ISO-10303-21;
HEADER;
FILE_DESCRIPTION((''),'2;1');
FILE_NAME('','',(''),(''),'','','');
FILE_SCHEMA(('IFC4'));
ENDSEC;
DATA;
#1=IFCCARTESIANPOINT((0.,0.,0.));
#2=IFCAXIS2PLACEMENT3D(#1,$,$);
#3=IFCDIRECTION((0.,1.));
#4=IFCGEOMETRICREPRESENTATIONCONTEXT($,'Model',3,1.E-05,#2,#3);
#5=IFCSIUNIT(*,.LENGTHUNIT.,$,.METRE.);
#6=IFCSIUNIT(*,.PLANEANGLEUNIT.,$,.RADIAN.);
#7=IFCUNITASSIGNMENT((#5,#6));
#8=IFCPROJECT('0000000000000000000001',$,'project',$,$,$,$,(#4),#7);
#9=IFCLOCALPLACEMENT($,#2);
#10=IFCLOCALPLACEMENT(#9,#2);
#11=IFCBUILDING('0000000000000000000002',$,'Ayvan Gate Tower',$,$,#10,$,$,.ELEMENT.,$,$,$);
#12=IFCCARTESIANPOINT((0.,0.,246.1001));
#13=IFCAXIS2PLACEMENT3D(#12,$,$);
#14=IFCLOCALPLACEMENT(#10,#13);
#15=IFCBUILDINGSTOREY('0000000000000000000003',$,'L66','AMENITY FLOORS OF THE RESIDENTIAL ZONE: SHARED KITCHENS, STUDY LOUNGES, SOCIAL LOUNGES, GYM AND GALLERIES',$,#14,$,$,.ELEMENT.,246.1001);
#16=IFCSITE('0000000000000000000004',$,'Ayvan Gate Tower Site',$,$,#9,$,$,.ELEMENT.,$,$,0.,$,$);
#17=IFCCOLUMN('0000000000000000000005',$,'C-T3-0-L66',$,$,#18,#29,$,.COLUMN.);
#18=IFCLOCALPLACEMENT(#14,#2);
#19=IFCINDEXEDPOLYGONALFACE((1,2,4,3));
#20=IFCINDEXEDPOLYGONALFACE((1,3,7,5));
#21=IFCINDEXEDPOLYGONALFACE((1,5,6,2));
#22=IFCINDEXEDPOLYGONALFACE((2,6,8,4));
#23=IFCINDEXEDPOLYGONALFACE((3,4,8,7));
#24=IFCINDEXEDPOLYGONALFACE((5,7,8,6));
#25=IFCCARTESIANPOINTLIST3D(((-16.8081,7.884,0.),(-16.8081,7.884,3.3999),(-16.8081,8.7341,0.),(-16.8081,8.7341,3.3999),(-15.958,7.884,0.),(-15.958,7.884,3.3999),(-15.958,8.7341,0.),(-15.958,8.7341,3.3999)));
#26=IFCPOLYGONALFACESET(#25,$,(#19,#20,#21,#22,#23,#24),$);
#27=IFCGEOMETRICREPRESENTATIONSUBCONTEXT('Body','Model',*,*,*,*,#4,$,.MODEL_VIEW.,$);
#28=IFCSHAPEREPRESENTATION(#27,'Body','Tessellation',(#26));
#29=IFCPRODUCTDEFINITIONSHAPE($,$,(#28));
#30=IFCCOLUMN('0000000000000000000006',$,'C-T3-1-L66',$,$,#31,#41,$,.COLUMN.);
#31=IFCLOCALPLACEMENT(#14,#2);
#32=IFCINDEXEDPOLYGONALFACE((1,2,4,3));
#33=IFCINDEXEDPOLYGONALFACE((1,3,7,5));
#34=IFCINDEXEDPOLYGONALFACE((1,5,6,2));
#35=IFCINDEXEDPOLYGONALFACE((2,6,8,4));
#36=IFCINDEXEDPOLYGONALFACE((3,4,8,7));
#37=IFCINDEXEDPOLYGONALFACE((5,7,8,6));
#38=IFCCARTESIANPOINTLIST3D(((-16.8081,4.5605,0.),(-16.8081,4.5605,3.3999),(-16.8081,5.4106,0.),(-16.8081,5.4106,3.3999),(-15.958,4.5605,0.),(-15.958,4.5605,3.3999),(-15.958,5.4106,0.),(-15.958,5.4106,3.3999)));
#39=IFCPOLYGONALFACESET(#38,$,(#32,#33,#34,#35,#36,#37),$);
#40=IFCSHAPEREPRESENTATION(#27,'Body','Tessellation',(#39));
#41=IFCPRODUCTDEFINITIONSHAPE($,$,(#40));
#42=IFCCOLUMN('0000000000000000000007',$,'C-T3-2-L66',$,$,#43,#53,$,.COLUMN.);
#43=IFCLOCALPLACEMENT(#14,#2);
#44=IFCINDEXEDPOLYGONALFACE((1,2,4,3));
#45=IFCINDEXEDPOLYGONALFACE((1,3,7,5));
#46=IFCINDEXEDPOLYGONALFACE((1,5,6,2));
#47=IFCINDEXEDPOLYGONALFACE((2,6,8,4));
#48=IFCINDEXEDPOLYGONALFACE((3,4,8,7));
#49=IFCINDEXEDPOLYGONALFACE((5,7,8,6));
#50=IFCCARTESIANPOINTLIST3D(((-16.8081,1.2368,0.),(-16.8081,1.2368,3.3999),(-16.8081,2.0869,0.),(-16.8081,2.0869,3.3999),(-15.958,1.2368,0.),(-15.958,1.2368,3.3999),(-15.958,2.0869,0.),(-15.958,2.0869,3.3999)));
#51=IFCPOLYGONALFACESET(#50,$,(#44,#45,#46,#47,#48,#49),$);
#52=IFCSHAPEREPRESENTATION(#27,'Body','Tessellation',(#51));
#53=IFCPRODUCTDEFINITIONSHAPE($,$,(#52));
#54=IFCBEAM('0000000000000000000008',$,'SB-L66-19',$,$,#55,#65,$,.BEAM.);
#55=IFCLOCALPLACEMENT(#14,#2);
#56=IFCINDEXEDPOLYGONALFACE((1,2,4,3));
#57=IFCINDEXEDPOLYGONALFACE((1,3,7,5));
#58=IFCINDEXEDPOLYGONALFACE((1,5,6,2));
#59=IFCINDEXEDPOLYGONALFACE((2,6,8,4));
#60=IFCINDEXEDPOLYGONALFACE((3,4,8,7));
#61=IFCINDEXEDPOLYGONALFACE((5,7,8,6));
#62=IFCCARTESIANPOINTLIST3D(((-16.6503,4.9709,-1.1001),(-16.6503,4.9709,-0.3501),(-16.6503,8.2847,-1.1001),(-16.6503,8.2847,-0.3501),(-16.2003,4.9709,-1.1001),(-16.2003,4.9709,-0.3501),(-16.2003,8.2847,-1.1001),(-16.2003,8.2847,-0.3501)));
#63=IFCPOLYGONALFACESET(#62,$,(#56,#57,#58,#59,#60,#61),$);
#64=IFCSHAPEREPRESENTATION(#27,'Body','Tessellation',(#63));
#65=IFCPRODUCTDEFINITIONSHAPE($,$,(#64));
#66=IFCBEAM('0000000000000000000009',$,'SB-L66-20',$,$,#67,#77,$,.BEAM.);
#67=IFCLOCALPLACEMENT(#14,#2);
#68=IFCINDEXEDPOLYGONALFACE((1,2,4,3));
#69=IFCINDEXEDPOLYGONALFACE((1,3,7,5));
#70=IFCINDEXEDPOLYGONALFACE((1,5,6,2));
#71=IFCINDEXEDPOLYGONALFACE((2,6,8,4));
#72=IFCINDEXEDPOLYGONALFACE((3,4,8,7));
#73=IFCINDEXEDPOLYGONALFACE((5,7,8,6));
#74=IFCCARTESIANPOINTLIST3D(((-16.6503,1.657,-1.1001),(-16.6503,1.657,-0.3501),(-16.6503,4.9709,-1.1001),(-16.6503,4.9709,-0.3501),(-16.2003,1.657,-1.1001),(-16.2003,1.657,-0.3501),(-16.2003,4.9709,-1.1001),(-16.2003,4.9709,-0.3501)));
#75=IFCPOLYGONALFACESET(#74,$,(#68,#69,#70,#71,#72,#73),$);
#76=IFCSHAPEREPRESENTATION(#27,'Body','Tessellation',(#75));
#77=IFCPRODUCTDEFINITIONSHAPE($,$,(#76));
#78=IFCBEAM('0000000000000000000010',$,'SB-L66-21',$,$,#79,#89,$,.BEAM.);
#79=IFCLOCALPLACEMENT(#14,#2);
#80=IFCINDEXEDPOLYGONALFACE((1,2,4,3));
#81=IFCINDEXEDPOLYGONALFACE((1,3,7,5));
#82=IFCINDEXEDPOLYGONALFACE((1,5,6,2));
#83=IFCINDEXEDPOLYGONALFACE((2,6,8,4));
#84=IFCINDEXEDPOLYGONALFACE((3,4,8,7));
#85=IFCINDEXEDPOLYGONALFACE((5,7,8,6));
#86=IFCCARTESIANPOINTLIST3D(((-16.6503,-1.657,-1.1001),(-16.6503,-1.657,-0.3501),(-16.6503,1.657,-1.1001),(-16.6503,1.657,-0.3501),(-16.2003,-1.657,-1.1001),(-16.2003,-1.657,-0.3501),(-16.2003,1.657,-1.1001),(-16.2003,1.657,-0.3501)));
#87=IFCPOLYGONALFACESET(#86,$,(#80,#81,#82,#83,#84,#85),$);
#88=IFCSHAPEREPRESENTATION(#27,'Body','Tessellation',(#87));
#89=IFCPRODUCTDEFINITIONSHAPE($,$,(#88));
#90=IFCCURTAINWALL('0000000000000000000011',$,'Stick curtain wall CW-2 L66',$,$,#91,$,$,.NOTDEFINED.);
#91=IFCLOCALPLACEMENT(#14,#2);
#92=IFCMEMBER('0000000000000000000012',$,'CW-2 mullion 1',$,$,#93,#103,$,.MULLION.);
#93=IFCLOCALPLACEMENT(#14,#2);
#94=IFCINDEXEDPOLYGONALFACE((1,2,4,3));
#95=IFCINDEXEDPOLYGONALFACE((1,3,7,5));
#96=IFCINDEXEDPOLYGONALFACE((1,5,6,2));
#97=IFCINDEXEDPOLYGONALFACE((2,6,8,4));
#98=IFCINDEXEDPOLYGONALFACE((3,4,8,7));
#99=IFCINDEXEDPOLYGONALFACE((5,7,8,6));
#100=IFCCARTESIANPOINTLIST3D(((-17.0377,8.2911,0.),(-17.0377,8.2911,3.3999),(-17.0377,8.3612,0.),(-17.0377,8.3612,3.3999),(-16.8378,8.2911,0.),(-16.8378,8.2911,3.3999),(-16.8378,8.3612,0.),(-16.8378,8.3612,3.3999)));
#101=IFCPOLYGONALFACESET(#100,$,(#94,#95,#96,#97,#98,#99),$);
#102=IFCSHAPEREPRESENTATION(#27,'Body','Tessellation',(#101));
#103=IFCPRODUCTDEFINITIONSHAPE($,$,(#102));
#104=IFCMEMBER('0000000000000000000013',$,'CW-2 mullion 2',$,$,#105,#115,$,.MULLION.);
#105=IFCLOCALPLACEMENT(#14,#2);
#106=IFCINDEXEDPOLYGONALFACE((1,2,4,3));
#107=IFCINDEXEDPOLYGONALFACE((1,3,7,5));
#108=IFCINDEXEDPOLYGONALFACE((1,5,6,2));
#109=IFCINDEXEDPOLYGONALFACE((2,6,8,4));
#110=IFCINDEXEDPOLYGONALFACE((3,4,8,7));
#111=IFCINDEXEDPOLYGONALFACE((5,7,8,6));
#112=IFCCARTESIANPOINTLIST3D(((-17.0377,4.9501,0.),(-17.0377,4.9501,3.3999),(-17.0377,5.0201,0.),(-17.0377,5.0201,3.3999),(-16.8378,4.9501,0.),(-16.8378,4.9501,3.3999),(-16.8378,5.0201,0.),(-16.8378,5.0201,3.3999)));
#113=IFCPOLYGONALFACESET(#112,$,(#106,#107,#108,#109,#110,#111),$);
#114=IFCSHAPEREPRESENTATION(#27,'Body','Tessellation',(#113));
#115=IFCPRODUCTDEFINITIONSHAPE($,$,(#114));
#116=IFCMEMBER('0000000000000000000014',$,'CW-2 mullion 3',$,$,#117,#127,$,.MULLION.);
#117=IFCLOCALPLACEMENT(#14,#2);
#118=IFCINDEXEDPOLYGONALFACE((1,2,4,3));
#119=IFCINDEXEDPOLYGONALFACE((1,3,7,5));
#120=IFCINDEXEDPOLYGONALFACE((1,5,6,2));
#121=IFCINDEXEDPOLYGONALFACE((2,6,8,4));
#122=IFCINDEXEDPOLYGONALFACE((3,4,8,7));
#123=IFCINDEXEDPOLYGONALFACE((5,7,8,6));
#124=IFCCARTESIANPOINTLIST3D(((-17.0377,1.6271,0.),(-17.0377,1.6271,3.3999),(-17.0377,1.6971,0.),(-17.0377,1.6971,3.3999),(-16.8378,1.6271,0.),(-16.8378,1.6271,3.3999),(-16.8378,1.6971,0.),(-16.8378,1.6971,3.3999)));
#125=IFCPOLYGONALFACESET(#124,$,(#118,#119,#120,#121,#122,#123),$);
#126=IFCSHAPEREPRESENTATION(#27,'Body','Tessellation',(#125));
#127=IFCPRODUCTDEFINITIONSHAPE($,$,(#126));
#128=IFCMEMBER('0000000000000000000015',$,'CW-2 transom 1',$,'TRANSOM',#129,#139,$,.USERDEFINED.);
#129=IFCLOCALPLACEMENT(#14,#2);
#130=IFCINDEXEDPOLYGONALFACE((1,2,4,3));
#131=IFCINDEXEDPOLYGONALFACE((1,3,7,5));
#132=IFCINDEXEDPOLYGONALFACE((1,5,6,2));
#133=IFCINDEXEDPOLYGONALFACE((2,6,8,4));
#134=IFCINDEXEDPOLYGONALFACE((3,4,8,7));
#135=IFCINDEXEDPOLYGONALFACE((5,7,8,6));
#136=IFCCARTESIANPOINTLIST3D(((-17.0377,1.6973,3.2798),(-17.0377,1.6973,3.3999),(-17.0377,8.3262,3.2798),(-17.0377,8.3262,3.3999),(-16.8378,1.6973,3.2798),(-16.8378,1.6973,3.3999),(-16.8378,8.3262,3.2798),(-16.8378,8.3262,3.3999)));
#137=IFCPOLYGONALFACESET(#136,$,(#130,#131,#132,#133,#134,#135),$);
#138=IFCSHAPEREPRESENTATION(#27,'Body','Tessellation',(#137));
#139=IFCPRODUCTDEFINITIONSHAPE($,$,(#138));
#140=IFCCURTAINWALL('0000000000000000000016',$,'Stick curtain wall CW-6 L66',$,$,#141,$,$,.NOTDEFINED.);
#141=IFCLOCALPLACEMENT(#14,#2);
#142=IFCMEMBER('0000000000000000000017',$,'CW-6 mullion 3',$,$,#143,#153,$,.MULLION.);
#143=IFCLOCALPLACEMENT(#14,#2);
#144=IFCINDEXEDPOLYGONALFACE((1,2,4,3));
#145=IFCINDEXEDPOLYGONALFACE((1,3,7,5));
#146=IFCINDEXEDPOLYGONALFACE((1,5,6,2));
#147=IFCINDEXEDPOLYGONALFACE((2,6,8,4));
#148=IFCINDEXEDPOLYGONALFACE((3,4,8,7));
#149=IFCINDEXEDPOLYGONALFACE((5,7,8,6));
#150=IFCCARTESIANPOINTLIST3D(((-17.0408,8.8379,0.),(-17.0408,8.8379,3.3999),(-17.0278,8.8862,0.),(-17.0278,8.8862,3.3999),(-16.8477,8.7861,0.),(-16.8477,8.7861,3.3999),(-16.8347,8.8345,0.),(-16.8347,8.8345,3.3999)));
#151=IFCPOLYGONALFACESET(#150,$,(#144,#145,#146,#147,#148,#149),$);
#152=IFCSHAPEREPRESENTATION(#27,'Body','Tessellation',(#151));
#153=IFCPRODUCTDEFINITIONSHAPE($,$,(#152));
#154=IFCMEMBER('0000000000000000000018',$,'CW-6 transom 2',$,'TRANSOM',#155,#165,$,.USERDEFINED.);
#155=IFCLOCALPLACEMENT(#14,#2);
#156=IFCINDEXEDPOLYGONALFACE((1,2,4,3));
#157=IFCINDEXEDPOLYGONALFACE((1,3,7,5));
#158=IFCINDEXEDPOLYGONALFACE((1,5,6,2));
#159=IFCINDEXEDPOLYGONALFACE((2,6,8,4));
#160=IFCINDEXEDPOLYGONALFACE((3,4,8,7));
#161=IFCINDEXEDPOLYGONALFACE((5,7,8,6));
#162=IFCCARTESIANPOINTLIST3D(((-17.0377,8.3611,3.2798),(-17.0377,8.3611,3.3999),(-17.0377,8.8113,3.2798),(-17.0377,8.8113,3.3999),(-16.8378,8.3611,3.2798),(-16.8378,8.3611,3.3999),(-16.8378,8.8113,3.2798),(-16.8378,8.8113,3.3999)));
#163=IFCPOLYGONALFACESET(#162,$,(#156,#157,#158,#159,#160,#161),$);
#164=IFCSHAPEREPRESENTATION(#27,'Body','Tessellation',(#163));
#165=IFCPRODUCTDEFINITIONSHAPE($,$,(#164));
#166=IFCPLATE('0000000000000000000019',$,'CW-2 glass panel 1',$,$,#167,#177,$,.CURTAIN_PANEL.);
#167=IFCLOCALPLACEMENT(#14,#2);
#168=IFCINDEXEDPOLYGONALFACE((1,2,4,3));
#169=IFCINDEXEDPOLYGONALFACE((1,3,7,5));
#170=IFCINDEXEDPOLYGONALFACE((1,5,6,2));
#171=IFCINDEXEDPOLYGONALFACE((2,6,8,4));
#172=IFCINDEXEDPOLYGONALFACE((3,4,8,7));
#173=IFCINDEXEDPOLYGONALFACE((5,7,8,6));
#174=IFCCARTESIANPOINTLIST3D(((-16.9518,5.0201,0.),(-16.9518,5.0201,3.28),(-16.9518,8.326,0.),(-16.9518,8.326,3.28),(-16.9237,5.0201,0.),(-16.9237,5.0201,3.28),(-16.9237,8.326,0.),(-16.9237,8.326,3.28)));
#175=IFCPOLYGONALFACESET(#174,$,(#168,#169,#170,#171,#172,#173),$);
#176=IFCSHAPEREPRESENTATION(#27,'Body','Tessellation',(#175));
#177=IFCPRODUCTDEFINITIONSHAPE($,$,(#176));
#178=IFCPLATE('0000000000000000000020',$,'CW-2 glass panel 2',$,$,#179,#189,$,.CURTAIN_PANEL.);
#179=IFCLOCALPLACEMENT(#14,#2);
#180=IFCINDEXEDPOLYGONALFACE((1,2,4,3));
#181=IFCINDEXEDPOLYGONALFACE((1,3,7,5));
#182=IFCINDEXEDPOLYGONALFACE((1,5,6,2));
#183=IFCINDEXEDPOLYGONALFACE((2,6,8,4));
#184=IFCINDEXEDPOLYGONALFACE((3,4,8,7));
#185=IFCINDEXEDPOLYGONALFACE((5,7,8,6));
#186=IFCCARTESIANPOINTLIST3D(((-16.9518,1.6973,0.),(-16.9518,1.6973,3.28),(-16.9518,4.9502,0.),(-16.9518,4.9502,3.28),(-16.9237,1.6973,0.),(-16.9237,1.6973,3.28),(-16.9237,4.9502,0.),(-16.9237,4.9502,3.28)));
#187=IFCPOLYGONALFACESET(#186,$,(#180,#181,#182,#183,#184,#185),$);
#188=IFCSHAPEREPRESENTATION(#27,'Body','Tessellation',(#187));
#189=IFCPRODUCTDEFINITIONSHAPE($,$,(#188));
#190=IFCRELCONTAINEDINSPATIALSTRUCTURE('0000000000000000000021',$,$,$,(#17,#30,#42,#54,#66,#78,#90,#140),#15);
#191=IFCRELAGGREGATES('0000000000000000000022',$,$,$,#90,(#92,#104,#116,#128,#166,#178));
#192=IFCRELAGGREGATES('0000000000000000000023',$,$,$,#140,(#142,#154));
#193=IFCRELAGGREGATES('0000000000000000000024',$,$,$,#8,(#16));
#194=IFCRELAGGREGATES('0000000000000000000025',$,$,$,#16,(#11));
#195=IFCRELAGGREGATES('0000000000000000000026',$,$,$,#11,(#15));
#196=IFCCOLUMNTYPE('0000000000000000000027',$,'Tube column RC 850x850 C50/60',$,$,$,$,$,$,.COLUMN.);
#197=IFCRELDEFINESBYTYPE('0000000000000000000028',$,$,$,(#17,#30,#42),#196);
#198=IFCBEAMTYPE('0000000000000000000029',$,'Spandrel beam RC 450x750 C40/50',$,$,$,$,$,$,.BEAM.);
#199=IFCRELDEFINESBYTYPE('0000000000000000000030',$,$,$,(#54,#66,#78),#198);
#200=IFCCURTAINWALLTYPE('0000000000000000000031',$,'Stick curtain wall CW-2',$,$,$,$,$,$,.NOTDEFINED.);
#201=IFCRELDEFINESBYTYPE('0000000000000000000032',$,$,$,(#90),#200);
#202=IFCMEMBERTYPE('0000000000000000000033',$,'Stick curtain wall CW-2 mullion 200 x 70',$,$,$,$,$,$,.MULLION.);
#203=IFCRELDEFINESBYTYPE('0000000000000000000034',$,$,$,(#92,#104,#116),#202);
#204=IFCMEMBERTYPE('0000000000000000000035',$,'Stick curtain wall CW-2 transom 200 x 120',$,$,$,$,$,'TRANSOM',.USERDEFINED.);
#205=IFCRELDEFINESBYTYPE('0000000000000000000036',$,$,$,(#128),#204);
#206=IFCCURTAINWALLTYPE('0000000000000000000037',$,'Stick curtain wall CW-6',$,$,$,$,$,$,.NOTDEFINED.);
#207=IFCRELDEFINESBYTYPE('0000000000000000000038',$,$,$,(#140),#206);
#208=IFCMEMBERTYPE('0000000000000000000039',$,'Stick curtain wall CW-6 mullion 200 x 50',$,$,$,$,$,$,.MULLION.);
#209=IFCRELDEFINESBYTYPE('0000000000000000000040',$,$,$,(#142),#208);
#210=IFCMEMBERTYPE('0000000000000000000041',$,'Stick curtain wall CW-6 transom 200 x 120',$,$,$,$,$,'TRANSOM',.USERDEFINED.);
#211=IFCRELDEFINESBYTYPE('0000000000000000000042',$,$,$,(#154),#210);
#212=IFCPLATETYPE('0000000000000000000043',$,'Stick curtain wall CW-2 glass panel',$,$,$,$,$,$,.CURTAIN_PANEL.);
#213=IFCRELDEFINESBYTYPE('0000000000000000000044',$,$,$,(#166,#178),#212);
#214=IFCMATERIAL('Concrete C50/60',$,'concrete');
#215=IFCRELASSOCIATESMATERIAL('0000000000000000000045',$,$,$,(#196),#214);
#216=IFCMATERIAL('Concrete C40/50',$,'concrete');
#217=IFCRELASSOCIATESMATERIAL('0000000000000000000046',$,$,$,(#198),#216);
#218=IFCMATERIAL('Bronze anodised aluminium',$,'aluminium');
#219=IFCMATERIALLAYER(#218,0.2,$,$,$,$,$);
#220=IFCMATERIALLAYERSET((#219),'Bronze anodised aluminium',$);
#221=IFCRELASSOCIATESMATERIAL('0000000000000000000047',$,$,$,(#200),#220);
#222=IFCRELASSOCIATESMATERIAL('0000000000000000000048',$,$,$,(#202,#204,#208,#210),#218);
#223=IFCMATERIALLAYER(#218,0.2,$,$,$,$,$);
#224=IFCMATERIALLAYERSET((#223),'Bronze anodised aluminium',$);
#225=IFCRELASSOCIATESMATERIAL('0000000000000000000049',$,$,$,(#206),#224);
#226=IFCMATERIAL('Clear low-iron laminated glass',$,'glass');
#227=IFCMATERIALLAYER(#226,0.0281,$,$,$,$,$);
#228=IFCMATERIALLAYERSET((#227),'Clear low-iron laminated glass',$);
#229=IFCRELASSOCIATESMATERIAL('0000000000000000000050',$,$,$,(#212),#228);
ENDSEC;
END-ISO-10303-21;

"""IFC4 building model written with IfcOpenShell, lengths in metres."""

from ifc_helpers import new_model, si_unit, direction, frame, origin, origin_2d, place, context, subcontext, project, spatial, rectangle, extrude, material, layer, layer_set, material_profile, profile_set, type_object, element, aggregate, save


model = new_model("IFC4")

# Units and contexts
model_context = context("Model", 3, precision=1e-05, world=origin(), true_north=direction((0.0, 1.0)))
body_context = subcontext(model_context, "Body", "Model", "MODEL_VIEW")
ifc_project = project(units=[si_unit("LENGTHUNIT", "METRE"), si_unit("PLANEANGLEUNIT", "RADIAN")], contexts=[model_context])

# Site, building, storey
site_placement = place(None, origin())
site = spatial("IfcSite", under=ifc_project, at=site_placement, Name="Ayvan Gate Tower Site", CompositionType="ELEMENT", RefElevation=0.0)
building_placement = place(site_placement, origin())
building = spatial("IfcBuilding", under=site, at=building_placement, Name="Ayvan Gate Tower", CompositionType="ELEMENT")
storey_placement = place(building_placement, frame((0.0, 0.0, 246.1001)))
storey = spatial("IfcBuildingStorey", under=building, at=storey_placement, Name="L66", Description="AMENITY FLOORS OF THE RESIDENTIAL ZONE: SHARED KITCHENS, STUDY LOUNGES, SOCIAL LOUNGES, GYM AND GALLERIES", CompositionType="ELEMENT", Elevation=246.1001)

# Columns
ifc_material_1 = material(Name="Concrete C50/60", Category="concrete")
ifc_material_profile_1 = material_profile(ifc_material_1, rectangle(XDim=0.8501, YDim=0.8501, at=origin_2d()), Name="RC 850x850")
ifc_profile_set_1 = profile_set([ifc_material_profile_1], Name="Concrete C50/60")
column_type = type_object("IfcColumnType", Name="Tube column RC 850x850 C50/60", PredefinedType="COLUMN", material=ifc_profile_set_1)
for number, where, z_axis, x_axis, name in (
    (1, (-16.3831, 8.3091, 0.0), (0.0, 0.0, 1.0), (-1.0, 0.0, 0.0), "C-T3-0-L66"),
    (2, (-16.3831, 4.9856, 0.0), (0.0, 0.0, 1.0), (-1.0, 0.0, 0.0), "C-T3-1-L66"),
    (3, (-16.3831, 1.6619, 0.0), (0.0, 0.0, 1.0), (-1.0, 0.0, 0.0), "C-T3-2-L66"),
):
    element("IfcColumn", number, at=place(storey_placement, frame(where, z_axis=z_axis, x_axis=x_axis)), inside=storey, type_object=column_type, Name=name, PredefinedType="COLUMN", context=body_context, shape_type="SweptSolid", body=[
        extrude(rectangle(XDim=0.8501, YDim=0.8501, at=origin_2d()), origin(), (0.0, 0.0, 1.0), 3.3999),
    ])

# Beams
ifc_material_2 = material(Name="Concrete C40/50", Category="concrete")
ifc_material_profile_2 = material_profile(ifc_material_2, rectangle(XDim=0.45, YDim=0.75, at=origin_2d()), Name="RC 450x750")
ifc_profile_set_2 = profile_set([ifc_material_profile_2], Name="Concrete C40/50")
beam_type = type_object("IfcBeamType", Name="Spandrel beam RC 450x750 C40/50", PredefinedType="BEAM", material=ifc_profile_set_2)
beam_placement = place(storey_placement, frame((-16.4253, 8.2847, -0.7251), z_axis=(0.0, -1.0, 0.0), x_axis=(1.0, 0.0, 0.0)))
element("IfcBeam", 4, at=beam_placement, inside=storey, type_object=beam_type, Name="SB-L66-19", PredefinedType="BEAM", context=body_context, shape_type="SweptSolid", body=[
    extrude(rectangle(XDim=0.45, YDim=0.75, at=origin_2d()), origin(), (0.0, 0.0, 1.0), 3.3137),
])
for number, where, z_axis, x_axis, name in (
    (5, (-16.4253, 4.9709, -0.7251), (0.0, -1.0, 0.0), (1.0, 0.0, 0.0), "SB-L66-20"),
    (6, (-16.4253, 1.657, -0.7251), (0.0, -1.0, 0.0), (1.0, 0.0, 0.0), "SB-L66-21"),
):
    element("IfcBeam", number, at=place(storey_placement, frame(where, z_axis=z_axis, x_axis=x_axis)), inside=storey, type_object=beam_type, Name=name, PredefinedType="BEAM", context=body_context, shape_type="SweptSolid", body=[
        extrude(rectangle(XDim=0.45, YDim=0.75, at=origin_2d()), origin(), (0.0, 0.0, 1.0), 3.314),
    ])

# Curtain walls, members
ifc_material_3 = material(Name="Bronze anodised aluminium", Category="aluminium")
ifc_layer_1 = layer(ifc_material_3, 0.2)
ifc_layer_set_1 = layer_set([ifc_layer_1], Name="Bronze anodised aluminium")
curtain_wall_type_1 = type_object("IfcCurtainWallType", Name="Stick curtain wall CW-2", PredefinedType="NOTDEFINED", material=ifc_layer_set_1)
curtain_wall_1_placement = place(storey_placement, origin())
curtain_wall_1 = element("IfcCurtainWall", 7, at=curtain_wall_1_placement, inside=storey, type_object=curtain_wall_type_1, Name="Stick curtain wall CW-2 L66", PredefinedType="NOTDEFINED")
ifc_material_profile_3 = material_profile(ifc_material_3, rectangle(XDim=0.2, YDim=0.0701, at=origin_2d()), Name="Stick curtain wall CW-2 mullion 200 x 70")
ifc_profile_set_3 = profile_set([ifc_material_profile_3], Name="Bronze anodised aluminium")
member_type_1 = type_object("IfcMemberType", Name="Stick curtain wall CW-2 mullion 200 x 70", PredefinedType="MULLION", material=ifc_profile_set_3)
member_1_placement = place(storey_placement, frame((-16.9377, 8.3262, 0.0), z_axis=(0.0, 0.0, 1.0), x_axis=(-1.0, 0.0, 0.0)))
member_1 = element("IfcMember", 8, at=member_1_placement, type_object=member_type_1, Name="CW-2 mullion 1", PredefinedType="MULLION", context=body_context, shape_type="SweptSolid", body=[
    extrude(rectangle(XDim=0.2, YDim=0.0701, at=origin_2d()), origin(), (0.0, 0.0, 1.0), 3.3999),
])
member_2_placement = place(storey_placement, frame((-16.9377, 4.9851, 0.0), z_axis=(0.0, 0.0, 1.0), x_axis=(-1.0, 0.0, 0.0)))
member_2 = element("IfcMember", 9, at=member_2_placement, type_object=member_type_1, Name="CW-2 mullion 2", PredefinedType="MULLION", context=body_context, shape_type="SweptSolid", body=[
    extrude(rectangle(XDim=0.2, YDim=0.0701, at=origin_2d()), origin(), (0.0, 0.0, 1.0), 3.3999),
])
member_3_placement = place(storey_placement, frame((-16.9377, 1.6621, 0.0), z_axis=(0.0, 0.0, 1.0), x_axis=(-1.0, 0.0, 0.0)))
member_3 = element("IfcMember", 10, at=member_3_placement, type_object=member_type_1, Name="CW-2 mullion 3", PredefinedType="MULLION", context=body_context, shape_type="SweptSolid", body=[
    extrude(rectangle(XDim=0.2, YDim=0.0701, at=origin_2d()), origin(), (0.0, 0.0, 1.0), 3.3999),
])
ifc_material_profile_4 = material_profile(ifc_material_3, rectangle(XDim=0.2, YDim=0.1201, at=origin_2d()), Name="Stick curtain wall CW-2 transom 200 x 120")
ifc_profile_set_4 = profile_set([ifc_material_profile_4], Name="Bronze anodised aluminium")
member_type_2 = type_object("IfcMemberType", Name="Stick curtain wall CW-2 transom 200 x 120", ElementType="TRANSOM", PredefinedType="USERDEFINED", material=ifc_profile_set_4)
member_4_placement = place(storey_placement, frame((-16.9377, 8.3262, 3.3398), z_axis=(0.0, -1.0, 0.0), x_axis=(1.0, 0.0, 0.0)))
member_4 = element("IfcMember", 11, at=member_4_placement, type_object=member_type_2, Name="CW-2 transom 1", ObjectType="TRANSOM", PredefinedType="USERDEFINED", context=body_context, shape_type="SweptSolid", body=[
    extrude(rectangle(XDim=0.2, YDim=0.1201, at=origin_2d()), origin(), (0.0, 0.0, 1.0), 6.6289),
])
ifc_layer_2 = layer(ifc_material_3, 0.2)
ifc_layer_set_2 = layer_set([ifc_layer_2], Name="Bronze anodised aluminium")
curtain_wall_type_2 = type_object("IfcCurtainWallType", Name="Stick curtain wall CW-6", PredefinedType="NOTDEFINED", material=ifc_layer_set_2)
curtain_wall_2_placement = place(storey_placement, origin())
curtain_wall_2 = element("IfcCurtainWall", 12, at=curtain_wall_2_placement, inside=storey, type_object=curtain_wall_type_2, Name="Stick curtain wall CW-6 L66", PredefinedType="NOTDEFINED")
ifc_material_profile_5 = material_profile(ifc_material_3, rectangle(XDim=0.2, YDim=0.05, at=origin_2d()), Name="Stick curtain wall CW-6 mullion 200 x 50")
ifc_profile_set_5 = profile_set([ifc_material_profile_5], Name="Bronze anodised aluminium")
member_type_3 = type_object("IfcMemberType", Name="Stick curtain wall CW-6 mullion 200 x 50", PredefinedType="MULLION", material=ifc_profile_set_5)
member_5_placement = place(storey_placement, frame((-16.9377, 8.8362, 0.0), z_axis=(0.0, 0.0, 1.0), x_axis=(-0.965926, 0.258819, 0.0)))
member_5 = element("IfcMember", 13, at=member_5_placement, type_object=member_type_3, Name="CW-6 mullion 3", PredefinedType="MULLION", context=body_context, shape_type="SweptSolid", body=[
    extrude(rectangle(XDim=0.2, YDim=0.05, at=origin_2d()), origin(), (0.0, 0.0, 1.0), 3.3999),
])
ifc_material_profile_6 = material_profile(ifc_material_3, rectangle(XDim=0.2, YDim=0.1201, at=origin_2d()), Name="Stick curtain wall CW-6 transom 200 x 120")
ifc_profile_set_6 = profile_set([ifc_material_profile_6], Name="Bronze anodised aluminium")
member_type_4 = type_object("IfcMemberType", Name="Stick curtain wall CW-6 transom 200 x 120", ElementType="TRANSOM", PredefinedType="USERDEFINED", material=ifc_profile_set_6)
member_6_placement = place(storey_placement, frame((-16.9377, 8.8113, 3.3398), z_axis=(0.0, -1.0, 0.0), x_axis=(1.0, 0.0, 0.0)))
member_6 = element("IfcMember", 14, at=member_6_placement, type_object=member_type_4, Name="CW-6 transom 2", ObjectType="TRANSOM", PredefinedType="USERDEFINED", context=body_context, shape_type="SweptSolid", body=[
    extrude(rectangle(XDim=0.2, YDim=0.1201, at=origin_2d()), origin(), (0.0, 0.0, 1.0), 0.4502),
])

# Plates
ifc_material_4 = material(Name="Clear low-iron laminated glass", Category="glass")
ifc_layer_3 = layer(ifc_material_4, 0.0281)
ifc_layer_set_3 = layer_set([ifc_layer_3], Name="Clear low-iron laminated glass")
plate_type_1 = type_object("IfcPlateType", Name="Stick curtain wall CW-2 glass panel", PredefinedType="CURTAIN_PANEL", material=ifc_layer_set_3)
plate_1_placement = place(storey_placement, frame((-16.9377, 6.6731, 0.0), z_axis=(0.0, 0.0, 1.0), x_axis=(0.0, -1.0, 0.0)))
plate_1 = element("IfcPlate", 15, at=plate_1_placement, type_object=plate_type_1, Name="CW-2 glass panel 1", PredefinedType="CURTAIN_PANEL", context=body_context, shape_type="SweptSolid", body=[
    extrude(rectangle(XDim=3.3059, YDim=0.0281, at=origin_2d()), origin(), (0.0, 0.0, 1.0), 3.28),
])
plate_2_placement = place(storey_placement, frame((-16.9377, 3.3237, 0.0), z_axis=(0.0, 0.0, 1.0), x_axis=(0.0, -1.0, 0.0)))
plate_2 = element("IfcPlate", 16, at=plate_2_placement, type_object=plate_type_1, Name="CW-2 glass panel 2", PredefinedType="CURTAIN_PANEL", context=body_context, shape_type="SweptSolid", body=[
    extrude(rectangle(XDim=3.2529, YDim=0.0281, at=origin_2d()), origin(), (0.0, 0.0, 1.0), 3.28),
])
aggregate(curtain_wall_1, [member_1, member_2, member_3, member_4, plate_1, plate_2])
aggregate(curtain_wall_2, [member_5, member_6])

save(model, "model.ifc")
